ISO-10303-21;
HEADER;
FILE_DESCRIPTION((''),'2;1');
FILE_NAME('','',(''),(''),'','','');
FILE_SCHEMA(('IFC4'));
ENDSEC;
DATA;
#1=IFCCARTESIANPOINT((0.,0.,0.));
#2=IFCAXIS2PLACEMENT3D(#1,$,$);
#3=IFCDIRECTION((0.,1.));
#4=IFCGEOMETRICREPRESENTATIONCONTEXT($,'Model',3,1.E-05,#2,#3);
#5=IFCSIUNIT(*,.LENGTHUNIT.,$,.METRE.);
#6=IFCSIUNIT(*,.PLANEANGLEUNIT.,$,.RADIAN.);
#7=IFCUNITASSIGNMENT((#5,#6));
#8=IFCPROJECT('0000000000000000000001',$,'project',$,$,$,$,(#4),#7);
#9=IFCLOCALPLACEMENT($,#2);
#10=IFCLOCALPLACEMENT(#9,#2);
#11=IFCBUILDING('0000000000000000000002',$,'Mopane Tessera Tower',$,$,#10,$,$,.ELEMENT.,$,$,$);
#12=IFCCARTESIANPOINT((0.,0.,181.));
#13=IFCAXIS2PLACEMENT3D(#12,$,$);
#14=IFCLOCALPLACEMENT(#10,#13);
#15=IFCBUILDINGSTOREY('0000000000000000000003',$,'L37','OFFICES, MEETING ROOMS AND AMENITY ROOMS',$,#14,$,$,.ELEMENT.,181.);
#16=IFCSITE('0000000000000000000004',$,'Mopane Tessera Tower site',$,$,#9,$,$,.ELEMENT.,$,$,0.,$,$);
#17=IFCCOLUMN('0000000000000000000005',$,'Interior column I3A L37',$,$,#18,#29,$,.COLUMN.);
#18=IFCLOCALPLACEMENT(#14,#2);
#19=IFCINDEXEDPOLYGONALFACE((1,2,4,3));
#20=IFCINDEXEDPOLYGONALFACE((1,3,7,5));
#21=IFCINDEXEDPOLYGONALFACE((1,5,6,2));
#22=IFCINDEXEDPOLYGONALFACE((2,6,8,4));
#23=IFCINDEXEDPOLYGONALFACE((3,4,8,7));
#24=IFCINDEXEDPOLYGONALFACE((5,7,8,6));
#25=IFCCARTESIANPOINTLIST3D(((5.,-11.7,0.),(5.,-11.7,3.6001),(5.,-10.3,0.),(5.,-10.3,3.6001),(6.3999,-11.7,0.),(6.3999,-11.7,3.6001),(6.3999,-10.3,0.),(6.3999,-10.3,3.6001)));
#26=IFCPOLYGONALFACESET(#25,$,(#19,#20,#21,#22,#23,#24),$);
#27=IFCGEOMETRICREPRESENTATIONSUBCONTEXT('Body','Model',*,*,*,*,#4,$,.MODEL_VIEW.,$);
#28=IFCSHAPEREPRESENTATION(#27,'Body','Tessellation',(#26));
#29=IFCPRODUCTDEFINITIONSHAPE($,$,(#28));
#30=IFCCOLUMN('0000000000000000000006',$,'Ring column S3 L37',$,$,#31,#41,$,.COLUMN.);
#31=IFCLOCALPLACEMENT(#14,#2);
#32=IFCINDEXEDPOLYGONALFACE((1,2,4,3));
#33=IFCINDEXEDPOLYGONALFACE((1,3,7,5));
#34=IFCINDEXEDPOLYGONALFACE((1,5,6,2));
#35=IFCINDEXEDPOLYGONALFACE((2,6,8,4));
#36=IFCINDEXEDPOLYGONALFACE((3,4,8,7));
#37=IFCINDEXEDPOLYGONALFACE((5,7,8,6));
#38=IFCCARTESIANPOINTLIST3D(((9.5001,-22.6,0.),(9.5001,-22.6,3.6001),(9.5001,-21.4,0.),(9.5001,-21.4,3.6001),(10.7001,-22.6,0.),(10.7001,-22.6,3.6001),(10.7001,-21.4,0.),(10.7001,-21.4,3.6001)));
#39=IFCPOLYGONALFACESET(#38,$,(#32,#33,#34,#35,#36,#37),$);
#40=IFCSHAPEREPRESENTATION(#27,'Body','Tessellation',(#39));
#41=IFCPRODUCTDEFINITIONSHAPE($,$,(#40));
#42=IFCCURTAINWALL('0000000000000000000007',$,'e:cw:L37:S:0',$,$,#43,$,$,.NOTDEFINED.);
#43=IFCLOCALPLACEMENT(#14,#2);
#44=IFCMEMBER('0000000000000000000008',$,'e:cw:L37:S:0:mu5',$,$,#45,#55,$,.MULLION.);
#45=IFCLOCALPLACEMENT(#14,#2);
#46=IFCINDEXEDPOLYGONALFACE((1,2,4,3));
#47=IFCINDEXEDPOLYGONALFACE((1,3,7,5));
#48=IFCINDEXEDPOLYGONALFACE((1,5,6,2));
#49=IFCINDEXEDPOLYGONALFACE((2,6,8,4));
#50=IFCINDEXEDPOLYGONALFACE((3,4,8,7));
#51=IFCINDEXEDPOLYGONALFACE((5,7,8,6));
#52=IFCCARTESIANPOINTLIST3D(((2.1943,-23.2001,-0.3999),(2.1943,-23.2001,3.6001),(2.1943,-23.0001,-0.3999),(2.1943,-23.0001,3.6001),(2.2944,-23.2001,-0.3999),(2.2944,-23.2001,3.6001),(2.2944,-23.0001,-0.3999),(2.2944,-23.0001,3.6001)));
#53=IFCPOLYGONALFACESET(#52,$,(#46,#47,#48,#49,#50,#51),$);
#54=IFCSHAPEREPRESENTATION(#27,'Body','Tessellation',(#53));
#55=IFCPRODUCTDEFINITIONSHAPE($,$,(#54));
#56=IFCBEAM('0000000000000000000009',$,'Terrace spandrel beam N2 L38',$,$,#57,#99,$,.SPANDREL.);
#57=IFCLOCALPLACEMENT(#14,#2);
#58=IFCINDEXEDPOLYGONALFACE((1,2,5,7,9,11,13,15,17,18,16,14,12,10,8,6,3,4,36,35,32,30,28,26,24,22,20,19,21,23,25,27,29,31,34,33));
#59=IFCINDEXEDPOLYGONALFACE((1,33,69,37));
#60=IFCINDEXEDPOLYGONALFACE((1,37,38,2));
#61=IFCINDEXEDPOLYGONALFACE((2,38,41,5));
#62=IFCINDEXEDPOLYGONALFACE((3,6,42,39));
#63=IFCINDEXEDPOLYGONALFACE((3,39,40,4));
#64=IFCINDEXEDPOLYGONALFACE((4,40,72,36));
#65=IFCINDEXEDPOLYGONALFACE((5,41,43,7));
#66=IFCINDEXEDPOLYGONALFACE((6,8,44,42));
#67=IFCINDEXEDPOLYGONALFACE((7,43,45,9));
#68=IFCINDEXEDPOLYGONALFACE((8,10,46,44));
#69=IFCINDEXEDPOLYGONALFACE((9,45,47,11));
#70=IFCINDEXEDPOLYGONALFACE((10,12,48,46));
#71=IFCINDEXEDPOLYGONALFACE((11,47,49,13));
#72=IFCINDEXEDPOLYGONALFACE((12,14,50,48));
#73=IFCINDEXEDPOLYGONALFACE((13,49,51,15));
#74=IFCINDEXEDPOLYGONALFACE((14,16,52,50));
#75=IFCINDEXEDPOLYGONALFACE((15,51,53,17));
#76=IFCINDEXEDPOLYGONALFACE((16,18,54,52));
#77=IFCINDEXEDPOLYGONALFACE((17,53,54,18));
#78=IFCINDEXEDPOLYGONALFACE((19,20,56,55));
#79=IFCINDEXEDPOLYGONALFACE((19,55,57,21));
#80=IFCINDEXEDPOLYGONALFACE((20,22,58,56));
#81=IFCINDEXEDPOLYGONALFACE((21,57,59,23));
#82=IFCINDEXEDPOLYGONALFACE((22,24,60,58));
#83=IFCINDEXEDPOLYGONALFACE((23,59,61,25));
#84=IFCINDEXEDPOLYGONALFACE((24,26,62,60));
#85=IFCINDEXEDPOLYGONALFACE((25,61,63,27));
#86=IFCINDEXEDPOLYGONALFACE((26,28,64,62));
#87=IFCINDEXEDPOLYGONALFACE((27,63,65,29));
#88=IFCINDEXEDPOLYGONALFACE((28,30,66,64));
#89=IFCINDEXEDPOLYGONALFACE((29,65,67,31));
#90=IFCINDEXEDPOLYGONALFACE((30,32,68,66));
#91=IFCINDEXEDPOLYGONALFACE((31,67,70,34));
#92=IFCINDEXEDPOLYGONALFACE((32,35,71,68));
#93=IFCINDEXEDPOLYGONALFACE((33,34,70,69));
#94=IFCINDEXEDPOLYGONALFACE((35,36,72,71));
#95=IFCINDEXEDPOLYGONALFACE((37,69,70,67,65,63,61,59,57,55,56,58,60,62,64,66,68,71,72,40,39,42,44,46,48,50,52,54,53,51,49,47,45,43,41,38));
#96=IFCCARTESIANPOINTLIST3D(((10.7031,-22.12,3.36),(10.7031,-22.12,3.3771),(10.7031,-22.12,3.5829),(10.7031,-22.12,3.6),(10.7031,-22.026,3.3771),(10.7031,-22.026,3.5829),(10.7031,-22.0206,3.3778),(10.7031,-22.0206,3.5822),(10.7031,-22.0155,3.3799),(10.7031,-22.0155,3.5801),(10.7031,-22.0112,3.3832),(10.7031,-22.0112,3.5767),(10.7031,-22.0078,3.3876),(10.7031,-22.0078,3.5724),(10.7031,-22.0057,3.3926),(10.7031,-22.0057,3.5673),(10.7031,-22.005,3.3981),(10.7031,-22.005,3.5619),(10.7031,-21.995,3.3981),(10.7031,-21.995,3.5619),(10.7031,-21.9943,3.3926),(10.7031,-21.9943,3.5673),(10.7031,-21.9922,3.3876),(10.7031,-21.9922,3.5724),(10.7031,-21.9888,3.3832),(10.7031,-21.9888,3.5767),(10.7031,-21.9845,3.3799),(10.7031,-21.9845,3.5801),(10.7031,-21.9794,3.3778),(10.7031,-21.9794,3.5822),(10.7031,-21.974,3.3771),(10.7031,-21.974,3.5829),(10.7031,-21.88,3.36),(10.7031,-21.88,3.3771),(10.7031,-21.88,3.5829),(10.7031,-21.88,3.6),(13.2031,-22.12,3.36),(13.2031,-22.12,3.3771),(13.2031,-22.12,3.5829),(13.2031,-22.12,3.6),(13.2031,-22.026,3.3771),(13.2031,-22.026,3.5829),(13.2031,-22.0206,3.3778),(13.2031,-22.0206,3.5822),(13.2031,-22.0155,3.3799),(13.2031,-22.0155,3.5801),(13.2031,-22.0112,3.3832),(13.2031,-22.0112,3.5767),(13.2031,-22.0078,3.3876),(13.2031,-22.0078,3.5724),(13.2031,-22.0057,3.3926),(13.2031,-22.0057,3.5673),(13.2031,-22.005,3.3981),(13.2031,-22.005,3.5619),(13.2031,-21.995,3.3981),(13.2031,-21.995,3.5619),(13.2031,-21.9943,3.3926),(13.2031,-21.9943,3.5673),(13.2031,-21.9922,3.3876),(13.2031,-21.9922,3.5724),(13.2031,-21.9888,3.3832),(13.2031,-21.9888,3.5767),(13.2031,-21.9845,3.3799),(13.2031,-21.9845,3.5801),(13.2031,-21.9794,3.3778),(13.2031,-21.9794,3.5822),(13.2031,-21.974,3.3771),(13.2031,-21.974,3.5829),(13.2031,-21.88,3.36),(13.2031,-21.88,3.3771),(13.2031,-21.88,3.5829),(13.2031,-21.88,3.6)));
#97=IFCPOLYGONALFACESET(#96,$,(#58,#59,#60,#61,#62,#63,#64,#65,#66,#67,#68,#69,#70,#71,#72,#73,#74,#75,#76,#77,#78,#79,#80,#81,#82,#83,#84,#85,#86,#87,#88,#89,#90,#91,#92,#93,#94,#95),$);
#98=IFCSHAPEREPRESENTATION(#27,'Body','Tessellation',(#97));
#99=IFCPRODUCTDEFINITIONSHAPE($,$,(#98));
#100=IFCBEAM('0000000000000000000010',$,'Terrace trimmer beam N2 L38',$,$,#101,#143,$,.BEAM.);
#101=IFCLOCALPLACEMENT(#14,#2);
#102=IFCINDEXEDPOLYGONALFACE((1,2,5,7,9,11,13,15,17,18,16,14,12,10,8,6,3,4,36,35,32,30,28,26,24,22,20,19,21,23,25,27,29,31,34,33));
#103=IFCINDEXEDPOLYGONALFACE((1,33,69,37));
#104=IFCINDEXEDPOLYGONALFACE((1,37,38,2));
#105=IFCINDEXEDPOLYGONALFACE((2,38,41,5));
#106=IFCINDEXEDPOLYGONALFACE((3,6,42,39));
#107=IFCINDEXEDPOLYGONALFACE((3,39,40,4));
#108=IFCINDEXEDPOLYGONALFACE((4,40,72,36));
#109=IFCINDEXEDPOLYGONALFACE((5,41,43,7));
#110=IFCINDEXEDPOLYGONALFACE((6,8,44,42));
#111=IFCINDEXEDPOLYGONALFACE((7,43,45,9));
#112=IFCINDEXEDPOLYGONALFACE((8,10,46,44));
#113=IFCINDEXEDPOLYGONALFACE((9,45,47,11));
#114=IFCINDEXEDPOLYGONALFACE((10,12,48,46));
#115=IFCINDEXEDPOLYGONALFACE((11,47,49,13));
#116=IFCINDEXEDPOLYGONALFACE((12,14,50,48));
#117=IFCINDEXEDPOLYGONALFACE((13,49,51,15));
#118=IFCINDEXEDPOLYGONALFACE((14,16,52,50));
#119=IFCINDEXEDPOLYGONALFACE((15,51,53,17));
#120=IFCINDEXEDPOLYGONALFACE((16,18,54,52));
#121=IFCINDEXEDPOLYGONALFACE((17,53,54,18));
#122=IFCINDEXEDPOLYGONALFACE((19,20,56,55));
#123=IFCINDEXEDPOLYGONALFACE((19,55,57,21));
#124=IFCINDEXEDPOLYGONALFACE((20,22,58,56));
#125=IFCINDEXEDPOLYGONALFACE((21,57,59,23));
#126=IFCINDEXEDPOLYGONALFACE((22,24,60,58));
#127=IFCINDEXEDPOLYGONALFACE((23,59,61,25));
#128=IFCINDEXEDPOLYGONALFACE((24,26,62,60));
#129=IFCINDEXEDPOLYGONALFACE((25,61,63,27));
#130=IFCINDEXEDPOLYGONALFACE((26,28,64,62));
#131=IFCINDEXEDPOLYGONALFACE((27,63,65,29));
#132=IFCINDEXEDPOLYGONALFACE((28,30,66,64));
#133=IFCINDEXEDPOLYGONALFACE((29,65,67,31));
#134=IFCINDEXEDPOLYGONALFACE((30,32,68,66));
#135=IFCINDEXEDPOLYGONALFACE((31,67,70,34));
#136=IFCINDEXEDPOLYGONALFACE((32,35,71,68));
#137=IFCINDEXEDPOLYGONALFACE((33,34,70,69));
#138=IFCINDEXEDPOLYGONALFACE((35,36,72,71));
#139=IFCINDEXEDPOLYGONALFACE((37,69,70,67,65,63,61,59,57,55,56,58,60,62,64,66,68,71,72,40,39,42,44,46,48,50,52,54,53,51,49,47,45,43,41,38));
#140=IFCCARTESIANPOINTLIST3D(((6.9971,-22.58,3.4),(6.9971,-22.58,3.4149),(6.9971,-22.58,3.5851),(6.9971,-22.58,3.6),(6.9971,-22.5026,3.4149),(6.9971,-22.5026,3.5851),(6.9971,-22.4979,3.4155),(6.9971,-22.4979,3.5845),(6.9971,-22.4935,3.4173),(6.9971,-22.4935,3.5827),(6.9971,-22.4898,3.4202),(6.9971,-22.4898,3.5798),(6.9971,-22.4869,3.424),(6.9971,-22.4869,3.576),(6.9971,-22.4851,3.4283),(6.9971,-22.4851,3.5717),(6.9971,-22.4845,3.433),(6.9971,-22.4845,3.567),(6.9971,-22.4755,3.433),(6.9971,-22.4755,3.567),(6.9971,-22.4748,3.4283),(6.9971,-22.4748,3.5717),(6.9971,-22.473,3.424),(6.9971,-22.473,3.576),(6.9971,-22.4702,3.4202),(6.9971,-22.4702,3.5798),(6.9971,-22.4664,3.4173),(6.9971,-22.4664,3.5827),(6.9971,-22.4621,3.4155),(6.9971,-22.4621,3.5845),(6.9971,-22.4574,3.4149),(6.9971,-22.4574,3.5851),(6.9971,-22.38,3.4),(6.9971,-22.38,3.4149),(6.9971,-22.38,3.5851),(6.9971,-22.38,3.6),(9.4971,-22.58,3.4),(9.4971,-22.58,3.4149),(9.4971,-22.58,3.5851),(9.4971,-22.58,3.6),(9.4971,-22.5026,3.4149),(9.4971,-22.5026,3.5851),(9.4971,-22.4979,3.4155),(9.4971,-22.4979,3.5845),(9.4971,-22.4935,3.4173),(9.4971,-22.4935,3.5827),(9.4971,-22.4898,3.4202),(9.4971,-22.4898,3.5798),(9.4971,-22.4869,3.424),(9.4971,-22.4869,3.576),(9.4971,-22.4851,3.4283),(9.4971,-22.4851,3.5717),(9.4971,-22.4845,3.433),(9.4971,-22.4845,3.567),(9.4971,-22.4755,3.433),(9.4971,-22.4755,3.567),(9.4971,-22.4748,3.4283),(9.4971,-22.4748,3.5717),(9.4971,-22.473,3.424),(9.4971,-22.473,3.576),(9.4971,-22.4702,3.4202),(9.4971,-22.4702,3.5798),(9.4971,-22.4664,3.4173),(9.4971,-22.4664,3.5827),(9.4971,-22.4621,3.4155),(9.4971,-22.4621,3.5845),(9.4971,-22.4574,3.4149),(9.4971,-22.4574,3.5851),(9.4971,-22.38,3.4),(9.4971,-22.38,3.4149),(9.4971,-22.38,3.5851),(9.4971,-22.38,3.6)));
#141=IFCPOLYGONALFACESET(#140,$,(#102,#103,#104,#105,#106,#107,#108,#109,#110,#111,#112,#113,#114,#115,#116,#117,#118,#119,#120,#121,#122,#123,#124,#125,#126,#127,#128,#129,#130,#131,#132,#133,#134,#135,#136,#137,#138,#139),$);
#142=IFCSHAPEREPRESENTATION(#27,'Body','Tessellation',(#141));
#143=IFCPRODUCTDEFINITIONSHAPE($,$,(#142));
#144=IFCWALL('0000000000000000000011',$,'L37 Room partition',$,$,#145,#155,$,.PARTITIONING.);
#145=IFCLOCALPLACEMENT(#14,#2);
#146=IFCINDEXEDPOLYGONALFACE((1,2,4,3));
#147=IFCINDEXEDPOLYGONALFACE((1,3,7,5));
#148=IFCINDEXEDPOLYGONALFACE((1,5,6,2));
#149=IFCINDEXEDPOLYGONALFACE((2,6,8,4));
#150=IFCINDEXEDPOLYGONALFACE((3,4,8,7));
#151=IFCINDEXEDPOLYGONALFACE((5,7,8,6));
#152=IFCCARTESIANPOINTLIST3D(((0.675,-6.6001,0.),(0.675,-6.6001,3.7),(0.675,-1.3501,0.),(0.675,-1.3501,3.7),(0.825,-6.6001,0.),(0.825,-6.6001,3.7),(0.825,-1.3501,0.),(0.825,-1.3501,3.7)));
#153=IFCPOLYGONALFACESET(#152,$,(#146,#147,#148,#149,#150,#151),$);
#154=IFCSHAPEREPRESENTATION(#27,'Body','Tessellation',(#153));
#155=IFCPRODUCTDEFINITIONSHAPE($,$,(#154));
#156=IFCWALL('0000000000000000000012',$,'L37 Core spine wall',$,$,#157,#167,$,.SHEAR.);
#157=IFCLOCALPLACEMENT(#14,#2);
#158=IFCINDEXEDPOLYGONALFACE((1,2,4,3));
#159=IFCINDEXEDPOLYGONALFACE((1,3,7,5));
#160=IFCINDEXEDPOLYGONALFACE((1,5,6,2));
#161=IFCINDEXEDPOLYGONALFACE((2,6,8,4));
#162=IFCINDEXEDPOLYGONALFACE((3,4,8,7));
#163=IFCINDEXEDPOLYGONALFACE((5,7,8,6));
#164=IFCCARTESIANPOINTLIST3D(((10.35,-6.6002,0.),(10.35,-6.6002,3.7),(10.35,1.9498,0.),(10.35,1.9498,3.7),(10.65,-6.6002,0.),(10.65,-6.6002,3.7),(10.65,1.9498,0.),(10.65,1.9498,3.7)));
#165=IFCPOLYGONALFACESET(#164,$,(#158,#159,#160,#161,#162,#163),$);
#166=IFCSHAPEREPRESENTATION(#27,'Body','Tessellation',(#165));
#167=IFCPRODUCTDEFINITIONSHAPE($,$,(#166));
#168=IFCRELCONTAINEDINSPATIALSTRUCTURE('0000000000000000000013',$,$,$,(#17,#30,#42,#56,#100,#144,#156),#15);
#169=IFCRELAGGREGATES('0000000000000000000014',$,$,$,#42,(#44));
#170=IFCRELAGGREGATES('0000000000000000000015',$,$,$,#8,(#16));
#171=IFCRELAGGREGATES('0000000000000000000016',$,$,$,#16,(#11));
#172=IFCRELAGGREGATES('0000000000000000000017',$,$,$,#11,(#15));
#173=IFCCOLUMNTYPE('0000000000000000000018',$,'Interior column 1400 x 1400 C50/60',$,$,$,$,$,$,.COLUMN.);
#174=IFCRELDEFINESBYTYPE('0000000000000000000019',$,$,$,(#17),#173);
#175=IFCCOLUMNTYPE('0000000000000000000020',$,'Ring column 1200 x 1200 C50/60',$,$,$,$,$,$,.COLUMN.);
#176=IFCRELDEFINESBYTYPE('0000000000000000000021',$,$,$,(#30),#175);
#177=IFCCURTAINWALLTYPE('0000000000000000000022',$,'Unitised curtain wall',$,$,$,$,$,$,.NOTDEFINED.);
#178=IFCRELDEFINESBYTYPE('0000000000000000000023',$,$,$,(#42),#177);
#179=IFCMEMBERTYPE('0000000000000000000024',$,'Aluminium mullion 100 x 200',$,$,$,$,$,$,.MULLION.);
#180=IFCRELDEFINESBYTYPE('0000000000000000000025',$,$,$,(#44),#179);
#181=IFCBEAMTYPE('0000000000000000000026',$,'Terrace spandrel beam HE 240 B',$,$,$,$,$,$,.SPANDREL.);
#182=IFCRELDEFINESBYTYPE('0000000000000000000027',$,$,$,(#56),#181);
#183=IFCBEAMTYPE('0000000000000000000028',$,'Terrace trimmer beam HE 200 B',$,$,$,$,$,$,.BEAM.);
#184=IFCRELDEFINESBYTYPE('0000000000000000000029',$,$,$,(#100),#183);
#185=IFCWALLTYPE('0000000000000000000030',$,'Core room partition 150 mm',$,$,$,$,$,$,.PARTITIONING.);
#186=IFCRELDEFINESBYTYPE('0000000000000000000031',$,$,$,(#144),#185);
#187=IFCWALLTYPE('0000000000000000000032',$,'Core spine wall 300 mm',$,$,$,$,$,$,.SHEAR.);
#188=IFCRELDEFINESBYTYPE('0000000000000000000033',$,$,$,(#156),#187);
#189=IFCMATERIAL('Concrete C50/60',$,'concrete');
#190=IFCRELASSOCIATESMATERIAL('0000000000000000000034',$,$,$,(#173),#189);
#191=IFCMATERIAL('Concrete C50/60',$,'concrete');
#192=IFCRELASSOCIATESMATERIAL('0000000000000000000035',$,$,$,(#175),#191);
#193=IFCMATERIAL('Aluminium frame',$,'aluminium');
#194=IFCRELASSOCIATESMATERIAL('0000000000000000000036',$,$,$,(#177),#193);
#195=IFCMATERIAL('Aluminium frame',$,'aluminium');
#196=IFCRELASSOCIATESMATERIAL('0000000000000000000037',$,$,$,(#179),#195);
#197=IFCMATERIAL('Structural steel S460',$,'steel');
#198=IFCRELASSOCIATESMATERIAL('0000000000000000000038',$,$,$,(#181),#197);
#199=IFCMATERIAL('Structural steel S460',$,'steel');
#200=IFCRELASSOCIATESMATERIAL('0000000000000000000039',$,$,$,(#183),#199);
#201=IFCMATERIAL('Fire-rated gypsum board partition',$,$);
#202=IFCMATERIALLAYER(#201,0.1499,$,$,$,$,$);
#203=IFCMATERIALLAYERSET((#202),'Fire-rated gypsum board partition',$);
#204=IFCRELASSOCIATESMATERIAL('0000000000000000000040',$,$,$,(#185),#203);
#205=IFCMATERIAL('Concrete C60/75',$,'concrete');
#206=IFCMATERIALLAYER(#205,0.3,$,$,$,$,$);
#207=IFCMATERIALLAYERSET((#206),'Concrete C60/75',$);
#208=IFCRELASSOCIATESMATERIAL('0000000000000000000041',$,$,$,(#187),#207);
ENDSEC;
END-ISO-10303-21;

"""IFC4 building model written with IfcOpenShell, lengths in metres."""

from ifc_helpers import new_model, si_unit, direction, frame, frame_2d, origin, origin_2d, place, context, subcontext, project, spatial, rectangle, i_section, extrude, material, layer, layer_set, material_profile, profile_set, type_object, element, aggregate, save


model = new_model("IFC4")

# Units and contexts
model_context = context("Model", 3, precision=1e-05, world=origin(), true_north=direction((0.0, 1.0)))
body_context = subcontext(model_context, "Body", "Model", "MODEL_VIEW")
ifc_project = project(units=[si_unit("LENGTHUNIT", "METRE"), si_unit("PLANEANGLEUNIT", "RADIAN")], contexts=[model_context])

# Site, building, storey
site_placement = place(None, origin())
site = spatial("IfcSite", under=ifc_project, at=site_placement, Name="Mopane Tessera Tower site", CompositionType="ELEMENT", RefElevation=0.0)
building_placement = place(site_placement, origin())
building = spatial("IfcBuilding", under=site, at=building_placement, Name="Mopane Tessera Tower", CompositionType="ELEMENT")
storey_placement = place(building_placement, frame((0.0, 0.0, 181.0)))
storey = spatial("IfcBuildingStorey", under=building, at=storey_placement, Name="L37", Description="OFFICES, MEETING ROOMS AND AMENITY ROOMS", CompositionType="ELEMENT", Elevation=181.0)

# Columns
ifc_material_1 = material(Name="Concrete C50/60", Category="concrete")
ifc_material_profile_1 = material_profile(ifc_material_1, rectangle(XDim=1.3999, YDim=1.3999, at=origin_2d()))
ifc_profile_set_1 = profile_set([ifc_material_profile_1], Name="Concrete C50/60")
column_type_1 = type_object("IfcColumnType", Name="Interior column 1400 x 1400 C50/60", PredefinedType="COLUMN", material=ifc_profile_set_1)
column_1_placement = place(storey_placement, frame((5.7, -11.0, 0.0), z_axis=(0.0, 0.0, 1.0), x_axis=(1.0, 0.0, 0.0)))
element("IfcColumn", 1, at=column_1_placement, inside=storey, type_object=column_type_1, Name="Interior column I3A L37", PredefinedType="COLUMN", context=body_context, shape_type="SweptSolid", body=[
    extrude(rectangle(XDim=1.3999, YDim=1.3999, at=origin_2d()), origin(), (0.0, 0.0, 1.0), 3.6001),
])
ifc_material_2 = material(Name="Concrete C50/60", Category="concrete")
ifc_material_profile_2 = material_profile(ifc_material_2, rectangle(XDim=1.2, YDim=1.2, at=origin_2d()))
ifc_profile_set_2 = profile_set([ifc_material_profile_2], Name="Concrete C50/60")
column_type_2 = type_object("IfcColumnType", Name="Ring column 1200 x 1200 C50/60", PredefinedType="COLUMN", material=ifc_profile_set_2)
column_2_placement = place(storey_placement, frame((10.1001, -22.0, 0.0), z_axis=(0.0, 0.0, 1.0), x_axis=(1.0, 0.0, 0.0)))
element("IfcColumn", 2, at=column_2_placement, inside=storey, type_object=column_type_2, Name="Ring column S3 L37", PredefinedType="COLUMN", context=body_context, shape_type="SweptSolid", body=[
    extrude(rectangle(XDim=1.2, YDim=1.2, at=origin_2d()), origin(), (0.0, 0.0, 1.0), 3.6001),
])

# Curtain wall, member
ifc_material_3 = material(Name="Aluminium frame", Category="aluminium")
curtain_wall_type = type_object("IfcCurtainWallType", Name="Unitised curtain wall", PredefinedType="NOTDEFINED", material=ifc_material_3)
curtain_wall_placement = place(storey_placement, origin())
curtain_wall = element("IfcCurtainWall", 3, at=curtain_wall_placement, inside=storey, type_object=curtain_wall_type, Name="e:cw:L37:S:0", PredefinedType="NOTDEFINED")
ifc_material_4 = material(Name="Aluminium frame", Category="aluminium")
ifc_material_profile_3 = material_profile(ifc_material_4, rectangle(XDim=0.1001, YDim=0.2, at=origin_2d()))
ifc_profile_set_3 = profile_set([ifc_material_profile_3], Name="Aluminium frame")
member_type = type_object("IfcMemberType", Name="Aluminium mullion 100 x 200", PredefinedType="MULLION", material=ifc_profile_set_3)
member_placement = place(storey_placement, frame((2.2444, -23.1001, -0.3999), z_axis=(0.0, 0.0, 1.0), x_axis=(1.0, 0.0, 0.0)))
member = element("IfcMember", 4, at=member_placement, type_object=member_type, Name="e:cw:L37:S:0:mu5", PredefinedType="MULLION", context=body_context, shape_type="SweptSolid", body=[
    extrude(rectangle(XDim=0.1001, YDim=0.2, at=origin_2d()), origin(), (0.0, 0.0, 1.0), 4.0),
])
aggregate(curtain_wall, [member])

# Beams
ifc_material_5 = material(Name="Structural steel S460", Category="steel")
ifc_material_profile_4 = material_profile(ifc_material_5, i_section(OverallWidth=0.24, OverallDepth=0.24, WebThickness=0.01, FlangeThickness=0.0171, FilletRadius=0.021, at=origin_2d()))
ifc_profile_set_4 = profile_set([ifc_material_profile_4], Name="Structural steel S460")
beam_type_1 = type_object("IfcBeamType", Name="Terrace spandrel beam HE 240 B", PredefinedType="SPANDREL", material=ifc_profile_set_4)
beam_1_placement = place(storey_placement, frame((10.7031, -22.0, 3.48), z_axis=(1.0, 0.0, 0.0), x_axis=(0.0, 1.0, 0.0)))
element("IfcBeam", 5, at=beam_1_placement, inside=storey, type_object=beam_type_1, Name="Terrace spandrel beam N2 L38", PredefinedType="SPANDREL", context=body_context, shape_type="SweptSolid", body=[
    extrude(i_section(OverallWidth=0.24, OverallDepth=0.24, WebThickness=0.01, FlangeThickness=0.0171, FilletRadius=0.021, at=origin_2d()), origin(), (0.0, 0.0, 1.0), 2.5),
])
ifc_material_6 = material(Name="Structural steel S460", Category="steel")
ifc_material_profile_5 = material_profile(ifc_material_6, i_section(OverallWidth=0.2, OverallDepth=0.2, WebThickness=0.009, FlangeThickness=0.0149, FilletRadius=0.0181, at=origin_2d()))
ifc_profile_set_5 = profile_set([ifc_material_profile_5], Name="Structural steel S460")
beam_type_2 = type_object("IfcBeamType", Name="Terrace trimmer beam HE 200 B", PredefinedType="BEAM", material=ifc_profile_set_5)
beam_2_placement = place(storey_placement, frame((9.4971, -22.48, 3.5), z_axis=(-1.0, 0.0, 0.0), x_axis=(0.0, -1.0, 0.0)))
element("IfcBeam", 6, at=beam_2_placement, inside=storey, type_object=beam_type_2, Name="Terrace trimmer beam N2 L38", PredefinedType="BEAM", context=body_context, shape_type="SweptSolid", body=[
    extrude(i_section(OverallWidth=0.2, OverallDepth=0.2, WebThickness=0.009, FlangeThickness=0.0149, FilletRadius=0.0181, at=origin_2d()), origin(), (0.0, 0.0, 1.0), 2.5),
])

# Walls
ifc_material_7 = material(Name="Fire-rated gypsum board partition")
ifc_layer_1 = layer(ifc_material_7, 0.1499)
ifc_layer_set_1 = layer_set([ifc_layer_1], Name="Fire-rated gypsum board partition")
wall_type_1 = type_object("IfcWallType", Name="Core room partition 150 mm", PredefinedType="PARTITIONING", material=ifc_layer_set_1)
wall_1_placement = place(storey_placement, frame((0.75, -6.6001, 0.0), z_axis=(0.0, 0.0, 1.0), x_axis=(0.0, 1.0, 0.0)))
element("IfcWall", 7, at=wall_1_placement, inside=storey, type_object=wall_type_1, Name="L37 Room partition", PredefinedType="PARTITIONING", context=body_context, shape_type="SweptSolid", body=[
    extrude(rectangle(XDim=5.25, YDim=0.1499, at=frame_2d((2.625, 0.0))), origin(), (0.0, 0.0, 1.0), 3.7),
])
ifc_material_8 = material(Name="Concrete C60/75", Category="concrete")
ifc_layer_2 = layer(ifc_material_8, 0.3)
ifc_layer_set_2 = layer_set([ifc_layer_2], Name="Concrete C60/75")
wall_type_2 = type_object("IfcWallType", Name="Core spine wall 300 mm", PredefinedType="SHEAR", material=ifc_layer_set_2)
wall_2_placement = place(storey_placement, frame((10.5, -6.6001, 0.0), z_axis=(0.0, 0.0, 1.0), x_axis=(0.0, 1.0, 0.0)))
element("IfcWall", 8, at=wall_2_placement, inside=storey, type_object=wall_type_2, Name="L37 Core spine wall", PredefinedType="SHEAR", context=body_context, shape_type="SweptSolid", body=[
    extrude(rectangle(XDim=8.55, YDim=0.3, at=frame_2d((4.2749, 0.0))), origin(), (0.0, 0.0, 1.0), 3.7),
])

save(model, "model.ifc")
